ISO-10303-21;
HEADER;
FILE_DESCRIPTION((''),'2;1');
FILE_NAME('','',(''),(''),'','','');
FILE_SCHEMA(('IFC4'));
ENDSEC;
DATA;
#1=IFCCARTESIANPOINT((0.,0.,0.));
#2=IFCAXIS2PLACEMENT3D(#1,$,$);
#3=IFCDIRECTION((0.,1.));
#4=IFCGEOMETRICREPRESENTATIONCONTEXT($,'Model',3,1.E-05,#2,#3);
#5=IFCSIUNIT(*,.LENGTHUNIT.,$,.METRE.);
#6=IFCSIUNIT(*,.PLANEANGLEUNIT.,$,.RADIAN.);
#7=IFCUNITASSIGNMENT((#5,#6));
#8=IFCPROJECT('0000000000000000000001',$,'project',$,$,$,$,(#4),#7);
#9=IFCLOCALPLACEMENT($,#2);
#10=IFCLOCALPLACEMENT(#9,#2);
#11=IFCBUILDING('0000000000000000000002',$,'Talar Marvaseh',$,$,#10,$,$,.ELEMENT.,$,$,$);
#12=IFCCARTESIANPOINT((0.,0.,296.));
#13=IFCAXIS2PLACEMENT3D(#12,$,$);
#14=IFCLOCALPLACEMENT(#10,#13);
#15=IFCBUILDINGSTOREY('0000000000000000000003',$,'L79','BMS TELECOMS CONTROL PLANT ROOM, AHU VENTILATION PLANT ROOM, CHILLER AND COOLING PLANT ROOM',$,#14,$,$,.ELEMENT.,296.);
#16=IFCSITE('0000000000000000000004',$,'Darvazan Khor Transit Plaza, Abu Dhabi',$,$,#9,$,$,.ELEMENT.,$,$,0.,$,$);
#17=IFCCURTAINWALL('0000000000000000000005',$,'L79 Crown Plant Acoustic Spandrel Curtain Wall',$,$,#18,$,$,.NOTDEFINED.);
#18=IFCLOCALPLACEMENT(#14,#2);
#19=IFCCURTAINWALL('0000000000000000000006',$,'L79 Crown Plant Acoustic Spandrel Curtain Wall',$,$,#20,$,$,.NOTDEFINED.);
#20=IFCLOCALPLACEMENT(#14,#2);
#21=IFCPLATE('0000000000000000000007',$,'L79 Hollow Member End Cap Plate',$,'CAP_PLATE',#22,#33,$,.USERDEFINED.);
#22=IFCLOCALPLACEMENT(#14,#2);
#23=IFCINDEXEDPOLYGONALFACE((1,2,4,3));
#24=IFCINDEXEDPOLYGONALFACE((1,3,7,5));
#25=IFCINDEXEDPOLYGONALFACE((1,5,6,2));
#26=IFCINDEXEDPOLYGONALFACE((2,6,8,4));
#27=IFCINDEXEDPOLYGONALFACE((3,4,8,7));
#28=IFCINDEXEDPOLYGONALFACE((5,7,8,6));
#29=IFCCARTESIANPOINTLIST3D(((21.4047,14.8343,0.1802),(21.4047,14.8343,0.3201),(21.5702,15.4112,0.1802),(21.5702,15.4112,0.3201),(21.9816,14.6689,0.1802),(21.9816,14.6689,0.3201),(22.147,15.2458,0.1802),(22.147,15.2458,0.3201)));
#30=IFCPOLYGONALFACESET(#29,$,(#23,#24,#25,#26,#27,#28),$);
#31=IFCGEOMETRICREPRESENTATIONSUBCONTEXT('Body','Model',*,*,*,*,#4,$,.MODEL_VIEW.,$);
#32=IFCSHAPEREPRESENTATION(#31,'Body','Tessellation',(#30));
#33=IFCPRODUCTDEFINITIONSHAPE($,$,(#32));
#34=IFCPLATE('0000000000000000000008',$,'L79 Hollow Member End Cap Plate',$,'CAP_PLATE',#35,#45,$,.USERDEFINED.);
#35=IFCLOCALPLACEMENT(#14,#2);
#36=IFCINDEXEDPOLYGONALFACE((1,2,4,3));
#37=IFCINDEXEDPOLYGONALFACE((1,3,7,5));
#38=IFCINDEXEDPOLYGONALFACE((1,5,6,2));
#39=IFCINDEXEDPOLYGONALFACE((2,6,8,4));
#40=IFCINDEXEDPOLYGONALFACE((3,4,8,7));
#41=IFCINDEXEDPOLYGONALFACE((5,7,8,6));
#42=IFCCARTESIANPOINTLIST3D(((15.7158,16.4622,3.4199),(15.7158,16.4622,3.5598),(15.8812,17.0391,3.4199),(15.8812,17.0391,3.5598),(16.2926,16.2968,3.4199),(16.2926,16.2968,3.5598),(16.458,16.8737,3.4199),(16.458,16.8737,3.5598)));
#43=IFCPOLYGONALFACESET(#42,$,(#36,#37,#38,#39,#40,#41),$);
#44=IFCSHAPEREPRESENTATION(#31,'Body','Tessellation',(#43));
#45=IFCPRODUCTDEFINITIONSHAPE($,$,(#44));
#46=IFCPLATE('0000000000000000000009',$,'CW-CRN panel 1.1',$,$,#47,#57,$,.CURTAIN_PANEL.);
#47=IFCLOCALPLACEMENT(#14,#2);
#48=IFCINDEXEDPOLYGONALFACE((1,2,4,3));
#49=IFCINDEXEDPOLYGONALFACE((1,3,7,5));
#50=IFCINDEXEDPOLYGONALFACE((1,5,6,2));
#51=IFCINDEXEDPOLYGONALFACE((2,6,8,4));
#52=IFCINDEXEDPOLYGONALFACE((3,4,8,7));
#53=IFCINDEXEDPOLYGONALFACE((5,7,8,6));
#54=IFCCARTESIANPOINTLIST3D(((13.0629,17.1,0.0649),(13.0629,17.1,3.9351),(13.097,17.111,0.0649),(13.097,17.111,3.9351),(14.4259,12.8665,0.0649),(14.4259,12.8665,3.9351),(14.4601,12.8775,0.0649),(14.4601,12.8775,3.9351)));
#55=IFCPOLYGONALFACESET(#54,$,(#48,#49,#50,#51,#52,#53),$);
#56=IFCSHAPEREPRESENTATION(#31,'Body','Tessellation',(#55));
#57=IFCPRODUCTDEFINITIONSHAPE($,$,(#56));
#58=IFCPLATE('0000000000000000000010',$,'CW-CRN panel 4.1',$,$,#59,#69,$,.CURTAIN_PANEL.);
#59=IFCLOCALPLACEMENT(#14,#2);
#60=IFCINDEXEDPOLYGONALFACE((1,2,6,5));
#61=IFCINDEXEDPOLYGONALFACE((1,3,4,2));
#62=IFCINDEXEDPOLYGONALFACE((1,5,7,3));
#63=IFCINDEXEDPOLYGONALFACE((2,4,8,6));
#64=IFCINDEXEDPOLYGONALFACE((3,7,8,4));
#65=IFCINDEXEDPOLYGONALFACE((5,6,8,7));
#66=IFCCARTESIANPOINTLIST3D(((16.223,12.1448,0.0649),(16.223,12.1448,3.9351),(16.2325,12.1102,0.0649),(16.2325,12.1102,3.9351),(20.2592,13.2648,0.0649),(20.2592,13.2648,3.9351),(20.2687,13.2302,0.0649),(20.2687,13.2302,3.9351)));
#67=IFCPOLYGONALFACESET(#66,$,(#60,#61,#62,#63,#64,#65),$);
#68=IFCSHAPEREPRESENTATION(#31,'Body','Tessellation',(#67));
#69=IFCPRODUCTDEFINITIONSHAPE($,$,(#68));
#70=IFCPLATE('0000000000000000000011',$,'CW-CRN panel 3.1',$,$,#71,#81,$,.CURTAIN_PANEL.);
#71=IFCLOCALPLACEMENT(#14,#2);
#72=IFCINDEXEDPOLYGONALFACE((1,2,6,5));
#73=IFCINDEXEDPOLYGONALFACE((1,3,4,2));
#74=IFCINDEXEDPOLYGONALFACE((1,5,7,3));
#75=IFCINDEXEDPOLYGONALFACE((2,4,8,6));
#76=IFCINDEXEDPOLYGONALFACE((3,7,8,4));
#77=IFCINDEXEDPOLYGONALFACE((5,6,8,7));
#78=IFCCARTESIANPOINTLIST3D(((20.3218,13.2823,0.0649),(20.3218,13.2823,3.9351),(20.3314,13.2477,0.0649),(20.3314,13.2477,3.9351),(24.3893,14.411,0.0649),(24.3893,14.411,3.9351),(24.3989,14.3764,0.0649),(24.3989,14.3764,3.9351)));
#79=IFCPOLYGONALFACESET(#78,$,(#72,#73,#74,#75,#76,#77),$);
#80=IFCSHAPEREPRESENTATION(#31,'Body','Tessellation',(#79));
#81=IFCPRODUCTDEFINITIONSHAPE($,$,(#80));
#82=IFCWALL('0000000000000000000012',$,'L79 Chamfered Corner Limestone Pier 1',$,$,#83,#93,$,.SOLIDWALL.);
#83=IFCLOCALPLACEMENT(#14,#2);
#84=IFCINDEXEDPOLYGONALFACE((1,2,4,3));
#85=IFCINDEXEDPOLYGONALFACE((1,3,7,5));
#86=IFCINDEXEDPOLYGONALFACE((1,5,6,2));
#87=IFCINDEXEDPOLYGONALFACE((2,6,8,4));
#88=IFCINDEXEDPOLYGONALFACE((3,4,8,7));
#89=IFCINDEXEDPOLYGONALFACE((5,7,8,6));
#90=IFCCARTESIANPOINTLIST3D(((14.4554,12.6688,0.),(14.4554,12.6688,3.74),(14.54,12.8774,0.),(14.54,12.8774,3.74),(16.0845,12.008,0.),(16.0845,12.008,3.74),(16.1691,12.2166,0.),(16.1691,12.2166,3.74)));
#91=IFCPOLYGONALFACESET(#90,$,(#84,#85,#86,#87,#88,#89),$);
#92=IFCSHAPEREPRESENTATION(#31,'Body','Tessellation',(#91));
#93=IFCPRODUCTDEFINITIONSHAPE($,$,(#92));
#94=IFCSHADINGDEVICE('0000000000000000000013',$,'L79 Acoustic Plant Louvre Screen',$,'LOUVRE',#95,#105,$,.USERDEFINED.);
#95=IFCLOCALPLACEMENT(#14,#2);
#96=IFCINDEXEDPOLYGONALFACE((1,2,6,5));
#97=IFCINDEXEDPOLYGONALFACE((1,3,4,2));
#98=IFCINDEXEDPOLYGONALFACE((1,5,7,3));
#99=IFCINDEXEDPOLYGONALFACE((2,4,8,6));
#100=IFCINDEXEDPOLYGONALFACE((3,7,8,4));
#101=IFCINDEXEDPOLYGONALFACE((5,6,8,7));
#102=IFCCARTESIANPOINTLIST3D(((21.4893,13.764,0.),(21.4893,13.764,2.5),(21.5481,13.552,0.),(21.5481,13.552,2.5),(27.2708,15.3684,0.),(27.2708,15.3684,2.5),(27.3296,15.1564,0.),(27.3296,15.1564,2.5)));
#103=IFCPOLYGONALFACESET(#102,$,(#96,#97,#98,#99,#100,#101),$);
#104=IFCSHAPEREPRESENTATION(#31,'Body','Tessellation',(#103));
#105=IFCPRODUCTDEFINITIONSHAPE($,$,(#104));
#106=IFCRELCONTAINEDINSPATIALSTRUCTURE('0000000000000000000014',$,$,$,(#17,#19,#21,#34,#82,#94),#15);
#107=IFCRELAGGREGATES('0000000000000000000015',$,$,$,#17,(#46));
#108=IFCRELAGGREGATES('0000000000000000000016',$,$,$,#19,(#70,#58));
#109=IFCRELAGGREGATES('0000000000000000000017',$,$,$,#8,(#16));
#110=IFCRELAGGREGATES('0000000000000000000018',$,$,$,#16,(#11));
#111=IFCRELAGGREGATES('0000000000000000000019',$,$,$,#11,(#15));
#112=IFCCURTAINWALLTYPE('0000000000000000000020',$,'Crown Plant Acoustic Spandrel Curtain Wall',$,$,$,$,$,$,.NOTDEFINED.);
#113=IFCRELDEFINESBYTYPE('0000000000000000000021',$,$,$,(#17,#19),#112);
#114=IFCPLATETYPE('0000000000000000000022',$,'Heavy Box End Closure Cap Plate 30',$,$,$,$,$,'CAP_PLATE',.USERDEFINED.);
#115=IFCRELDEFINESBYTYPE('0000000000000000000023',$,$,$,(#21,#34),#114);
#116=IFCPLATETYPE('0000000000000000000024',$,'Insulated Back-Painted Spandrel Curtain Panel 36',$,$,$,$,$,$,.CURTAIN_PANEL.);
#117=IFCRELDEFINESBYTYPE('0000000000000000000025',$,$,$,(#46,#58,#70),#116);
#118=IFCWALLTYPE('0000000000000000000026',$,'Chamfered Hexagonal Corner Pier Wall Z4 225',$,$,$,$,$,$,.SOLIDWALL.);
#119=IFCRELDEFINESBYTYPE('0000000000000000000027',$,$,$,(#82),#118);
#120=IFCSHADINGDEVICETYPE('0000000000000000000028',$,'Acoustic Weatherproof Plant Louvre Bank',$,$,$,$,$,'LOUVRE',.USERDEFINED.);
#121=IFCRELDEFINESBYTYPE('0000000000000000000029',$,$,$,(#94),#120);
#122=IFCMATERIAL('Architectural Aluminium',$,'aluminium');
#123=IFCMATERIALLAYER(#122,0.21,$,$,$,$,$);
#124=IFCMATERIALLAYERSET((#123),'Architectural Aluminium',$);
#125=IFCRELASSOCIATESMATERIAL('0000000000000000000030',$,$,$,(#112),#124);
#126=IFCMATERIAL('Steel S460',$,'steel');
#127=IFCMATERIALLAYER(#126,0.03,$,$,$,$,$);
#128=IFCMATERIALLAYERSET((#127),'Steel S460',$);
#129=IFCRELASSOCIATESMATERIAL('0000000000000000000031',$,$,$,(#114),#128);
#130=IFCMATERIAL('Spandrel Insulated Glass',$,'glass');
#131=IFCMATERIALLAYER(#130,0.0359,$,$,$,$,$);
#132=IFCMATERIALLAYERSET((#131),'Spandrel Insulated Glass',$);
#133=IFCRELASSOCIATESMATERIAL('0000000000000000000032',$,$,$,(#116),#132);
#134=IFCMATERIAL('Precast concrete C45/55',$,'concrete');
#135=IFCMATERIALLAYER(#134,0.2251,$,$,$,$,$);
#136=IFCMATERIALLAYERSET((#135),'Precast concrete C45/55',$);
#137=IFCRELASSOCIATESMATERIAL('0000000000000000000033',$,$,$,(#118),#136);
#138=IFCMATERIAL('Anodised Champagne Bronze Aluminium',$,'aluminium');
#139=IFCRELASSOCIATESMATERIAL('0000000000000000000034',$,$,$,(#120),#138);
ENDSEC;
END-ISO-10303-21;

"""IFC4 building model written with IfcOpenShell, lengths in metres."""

from ifc_helpers import new_model, si_unit, direction, frame, frame_2d, origin, origin_2d, place, context, subcontext, project, spatial, rectangle, extrude, source, transform, mapped, material, layer, layer_set, type_object, type_shapes, element, aggregate, save


model = new_model("IFC4")

# Units and contexts
model_context = context("Model", 3, precision=1e-05, world=origin(), true_north=direction((0.0, 1.0)))
body_context = subcontext(model_context, "Body", "Model", "MODEL_VIEW")
ifc_project = project(units=[si_unit("LENGTHUNIT", "METRE"), si_unit("PLANEANGLEUNIT", "RADIAN")], contexts=[model_context])

# Site, building, storey
site_placement = place(None, origin())
site = spatial("IfcSite", under=ifc_project, at=site_placement, Name="Darvazan Khor Transit Plaza, Abu Dhabi", CompositionType="ELEMENT", RefElevation=0.0)
building_placement = place(site_placement, origin())
building = spatial("IfcBuilding", under=site, at=building_placement, Name="Talar Marvaseh", CompositionType="ELEMENT")
storey_placement = place(building_placement, frame((0.0, 0.0, 296.0)))
storey = spatial("IfcBuildingStorey", under=building, at=storey_placement, Name="L79", Description="BMS TELECOMS CONTROL PLANT ROOM, AHU VENTILATION PLANT ROOM, CHILLER AND COOLING PLANT ROOM", CompositionType="ELEMENT", Elevation=296.0)

# Shared definitions
ifc_material_1 = material(Name="Steel S460", Category="steel")

# Curtain walls
ifc_material_2 = material(Name="Architectural Aluminium", Category="aluminium")
ifc_layer_1 = layer(ifc_material_2, 0.21)
ifc_layer_set_1 = layer_set([ifc_layer_1], Name="Architectural Aluminium")
curtain_wall_type = type_object("IfcCurtainWallType", Name="Crown Plant Acoustic Spandrel Curtain Wall", PredefinedType="NOTDEFINED", material=ifc_layer_set_1)
curtain_wall_1_placement = place(storey_placement, origin())
curtain_wall_1 = element("IfcCurtainWall", 1, at=curtain_wall_1_placement, inside=storey, type_object=curtain_wall_type, Name="L79 Crown Plant Acoustic Spandrel Curtain Wall", PredefinedType="NOTDEFINED")
curtain_wall_2_placement = place(storey_placement, origin())
curtain_wall_2 = element("IfcCurtainWall", 2, at=curtain_wall_2_placement, inside=storey, type_object=curtain_wall_type, Name="L79 Crown Plant Acoustic Spandrel Curtain Wall", PredefinedType="NOTDEFINED")

# Plates
ifc_layer_2 = layer(ifc_material_1, 0.03)
ifc_layer_set_2 = layer_set([ifc_layer_2], Name="Steel S460")
plate_type_1 = type_object("IfcPlateType", Name="Heavy Box End Closure Cap Plate 30", ElementType="CAP_PLATE", PredefinedType="USERDEFINED", material=ifc_layer_set_2)
shared_shape_1 = source(origin(), body_context, "Body", "SweptSolid", [
    extrude(rectangle(XDim=0.6001, YDim=0.6001, at=origin_2d()), origin(), (0.0, 0.0, 1.0), 0.1399),
])
type_shapes(plate_type_1, [shared_shape_1])
for number, where, z_axis, x_axis, name in (
    (3, (21.7759, 15.04, 0.1802), (0.0, 0.0, 1.0), (-0.961262, 0.275637, 0.0), "L79 Hollow Member End Cap Plate"),
    (4, (16.0869, 16.668, 3.4199), (0.0, 0.0, 1.0), (-0.961262, 0.275637, 0.0), "L79 Hollow Member End Cap Plate"),
):
    element("IfcPlate", number, at=place(storey_placement, frame(where, z_axis=z_axis, x_axis=x_axis)), inside=storey, type_object=plate_type_1, Name=name, ObjectType="CAP_PLATE", PredefinedType="USERDEFINED", context=body_context, shape_type="MappedRepresentation", body=[
        mapped(shared_shape_1, transform((0.0, 0.0, 0.0), x_axis=(1.0, 0.0, 0.0), y_axis=(0.0, 1.0, 0.0), z_axis=(0.0, 0.0, 1.0), scale=1.0)),
    ])

# Plates
ifc_material_3 = material(Name="Spandrel Insulated Glass", Category="glass")
ifc_layer_3 = layer(ifc_material_3, 0.0359)
ifc_layer_set_3 = layer_set([ifc_layer_3], Name="Spandrel Insulated Glass")
plate_type_2 = type_object("IfcPlateType", Name="Insulated Back-Painted Spandrel Curtain Panel 36", PredefinedType="CURTAIN_PANEL", material=ifc_layer_set_3)
shared_shape_2 = source(origin(), body_context, "Body", "SweptSolid", [
    extrude(rectangle(XDim=4.4475, YDim=0.0359, at=origin_2d()), origin(), (0.0, 0.0, 1.0), 3.8701),
])
plate_1_placement = place(storey_placement, frame((13.7615, 14.9888, 0.0649), z_axis=(0.0, 0.0, 1.0), x_axis=(-0.306468, 0.951881, 0.0)))
plate_1 = element("IfcPlate", 5, at=plate_1_placement, type_object=plate_type_2, Name="CW-CRN panel 1.1", PredefinedType="CURTAIN_PANEL", context=body_context, shape_type="MappedRepresentation", body=[
    mapped(shared_shape_2, transform((0.0, 0.0, 0.0), x_axis=(1.0, 0.0, 0.0), y_axis=(0.0, 1.0, 0.0), z_axis=(0.0, 0.0, 1.0), scale=1.0)),
])
aggregate(curtain_wall_1, [plate_1])
shared_shape_3 = source(origin(), body_context, "Body", "SweptSolid", [
    extrude(rectangle(XDim=4.1887, YDim=0.0359, at=origin_2d()), origin(), (0.0, 0.0, 1.0), 3.8701),
])
plate_2_placement = place(storey_placement, frame((18.2458, 12.6875, 0.0649), z_axis=(0.0, 0.0, 1.0), x_axis=(-0.963588, -0.26739, 0.0)))
plate_2 = element("IfcPlate", 6, at=plate_2_placement, type_object=plate_type_2, Name="CW-CRN panel 4.1", PredefinedType="CURTAIN_PANEL", context=body_context, shape_type="MappedRepresentation", body=[
    mapped(shared_shape_3, transform((0.0, 0.0, 0.0), x_axis=(1.0, 0.0, 0.0), y_axis=(0.0, 1.0, 0.0), z_axis=(0.0, 0.0, 1.0), scale=1.0)),
])
shared_shape_4 = source(origin(), body_context, "Body", "SweptSolid", [
    extrude(rectangle(XDim=4.2212, YDim=0.0359, at=origin_2d()), origin(), (0.0, 0.0, 1.0), 3.8701),
])
type_shapes(plate_type_2, [shared_shape_2, shared_shape_3, shared_shape_4])
plate_3_placement = place(storey_placement, frame((22.3604, 13.8293, 0.0649), z_axis=(0.0, 0.0, 1.0), x_axis=(-0.963588, -0.26739, 0.0)))
plate_3 = element("IfcPlate", 7, at=plate_3_placement, type_object=plate_type_2, Name="CW-CRN panel 3.1", PredefinedType="CURTAIN_PANEL", context=body_context, shape_type="MappedRepresentation", body=[
    mapped(shared_shape_4, transform((0.0, 0.0, 0.0), x_axis=(1.0, 0.0, 0.0), y_axis=(0.0, 1.0, 0.0), z_axis=(0.0, 0.0, 1.0), scale=1.0)),
])
aggregate(curtain_wall_2, [plate_3, plate_2])

# Wall
ifc_material_4 = material(Name="Precast concrete C45/55", Category="concrete")
ifc_layer_4 = layer(ifc_material_4, 0.2251)
ifc_layer_set_4 = layer_set([ifc_layer_4], Name="Precast concrete C45/55")
wall_type = type_object("IfcWallType", Name="Chamfered Hexagonal Corner Pier Wall Z4 225", PredefinedType="SOLIDWALL", material=ifc_layer_set_4)
wall_placement = place(storey_placement, frame((16.1267, 12.1123, 0.0), z_axis=(0.0, 0.0, 1.0), x_axis=(-0.926656, 0.375911, 0.0)))
element("IfcWall", 8, at=wall_placement, inside=storey, type_object=wall_type, Name="L79 Chamfered Corner Limestone Pier 1", PredefinedType="SOLIDWALL", context=body_context, shape_type="SweptSolid", body=[
    extrude(rectangle(XDim=1.7581, YDim=0.2251, at=frame_2d((0.8789, 0.0))), origin(), (0.0, 0.0, 1.0), 3.74),
])

# Shading device
ifc_material_5 = material(Name="Anodised Champagne Bronze Aluminium", Category="aluminium")
shading_device_type = type_object("IfcShadingDeviceType", Name="Acoustic Weatherproof Plant Louvre Bank", ElementType="LOUVRE", PredefinedType="USERDEFINED", material=ifc_material_5)
shared_shape_5 = source(origin(), body_context, "Body", "SweptSolid", [
    extrude(rectangle(XDim=6.0, YDim=0.22, at=origin_2d()), origin(), (0.0, 0.0, 1.0), 2.5),
])
type_shapes(shading_device_type, [shared_shape_5])
shading_device_placement = place(storey_placement, frame((24.4094, 14.4602, 0.0), z_axis=(0.0, 0.0, 1.0), x_axis=(-0.963584, -0.267407, 0.0)))
element("IfcShadingDevice", 9, at=shading_device_placement, inside=storey, type_object=shading_device_type, Name="L79 Acoustic Plant Louvre Screen", ObjectType="LOUVRE", PredefinedType="USERDEFINED", context=body_context, shape_type="MappedRepresentation", body=[
    mapped(shared_shape_5, transform((0.0, 0.0, 0.0), x_axis=(1.0, 0.0, 0.0), y_axis=(0.0, 1.0, 0.0), z_axis=(0.0, 0.0, 1.0), scale=1.0)),
])

save(model, "model.ifc")
